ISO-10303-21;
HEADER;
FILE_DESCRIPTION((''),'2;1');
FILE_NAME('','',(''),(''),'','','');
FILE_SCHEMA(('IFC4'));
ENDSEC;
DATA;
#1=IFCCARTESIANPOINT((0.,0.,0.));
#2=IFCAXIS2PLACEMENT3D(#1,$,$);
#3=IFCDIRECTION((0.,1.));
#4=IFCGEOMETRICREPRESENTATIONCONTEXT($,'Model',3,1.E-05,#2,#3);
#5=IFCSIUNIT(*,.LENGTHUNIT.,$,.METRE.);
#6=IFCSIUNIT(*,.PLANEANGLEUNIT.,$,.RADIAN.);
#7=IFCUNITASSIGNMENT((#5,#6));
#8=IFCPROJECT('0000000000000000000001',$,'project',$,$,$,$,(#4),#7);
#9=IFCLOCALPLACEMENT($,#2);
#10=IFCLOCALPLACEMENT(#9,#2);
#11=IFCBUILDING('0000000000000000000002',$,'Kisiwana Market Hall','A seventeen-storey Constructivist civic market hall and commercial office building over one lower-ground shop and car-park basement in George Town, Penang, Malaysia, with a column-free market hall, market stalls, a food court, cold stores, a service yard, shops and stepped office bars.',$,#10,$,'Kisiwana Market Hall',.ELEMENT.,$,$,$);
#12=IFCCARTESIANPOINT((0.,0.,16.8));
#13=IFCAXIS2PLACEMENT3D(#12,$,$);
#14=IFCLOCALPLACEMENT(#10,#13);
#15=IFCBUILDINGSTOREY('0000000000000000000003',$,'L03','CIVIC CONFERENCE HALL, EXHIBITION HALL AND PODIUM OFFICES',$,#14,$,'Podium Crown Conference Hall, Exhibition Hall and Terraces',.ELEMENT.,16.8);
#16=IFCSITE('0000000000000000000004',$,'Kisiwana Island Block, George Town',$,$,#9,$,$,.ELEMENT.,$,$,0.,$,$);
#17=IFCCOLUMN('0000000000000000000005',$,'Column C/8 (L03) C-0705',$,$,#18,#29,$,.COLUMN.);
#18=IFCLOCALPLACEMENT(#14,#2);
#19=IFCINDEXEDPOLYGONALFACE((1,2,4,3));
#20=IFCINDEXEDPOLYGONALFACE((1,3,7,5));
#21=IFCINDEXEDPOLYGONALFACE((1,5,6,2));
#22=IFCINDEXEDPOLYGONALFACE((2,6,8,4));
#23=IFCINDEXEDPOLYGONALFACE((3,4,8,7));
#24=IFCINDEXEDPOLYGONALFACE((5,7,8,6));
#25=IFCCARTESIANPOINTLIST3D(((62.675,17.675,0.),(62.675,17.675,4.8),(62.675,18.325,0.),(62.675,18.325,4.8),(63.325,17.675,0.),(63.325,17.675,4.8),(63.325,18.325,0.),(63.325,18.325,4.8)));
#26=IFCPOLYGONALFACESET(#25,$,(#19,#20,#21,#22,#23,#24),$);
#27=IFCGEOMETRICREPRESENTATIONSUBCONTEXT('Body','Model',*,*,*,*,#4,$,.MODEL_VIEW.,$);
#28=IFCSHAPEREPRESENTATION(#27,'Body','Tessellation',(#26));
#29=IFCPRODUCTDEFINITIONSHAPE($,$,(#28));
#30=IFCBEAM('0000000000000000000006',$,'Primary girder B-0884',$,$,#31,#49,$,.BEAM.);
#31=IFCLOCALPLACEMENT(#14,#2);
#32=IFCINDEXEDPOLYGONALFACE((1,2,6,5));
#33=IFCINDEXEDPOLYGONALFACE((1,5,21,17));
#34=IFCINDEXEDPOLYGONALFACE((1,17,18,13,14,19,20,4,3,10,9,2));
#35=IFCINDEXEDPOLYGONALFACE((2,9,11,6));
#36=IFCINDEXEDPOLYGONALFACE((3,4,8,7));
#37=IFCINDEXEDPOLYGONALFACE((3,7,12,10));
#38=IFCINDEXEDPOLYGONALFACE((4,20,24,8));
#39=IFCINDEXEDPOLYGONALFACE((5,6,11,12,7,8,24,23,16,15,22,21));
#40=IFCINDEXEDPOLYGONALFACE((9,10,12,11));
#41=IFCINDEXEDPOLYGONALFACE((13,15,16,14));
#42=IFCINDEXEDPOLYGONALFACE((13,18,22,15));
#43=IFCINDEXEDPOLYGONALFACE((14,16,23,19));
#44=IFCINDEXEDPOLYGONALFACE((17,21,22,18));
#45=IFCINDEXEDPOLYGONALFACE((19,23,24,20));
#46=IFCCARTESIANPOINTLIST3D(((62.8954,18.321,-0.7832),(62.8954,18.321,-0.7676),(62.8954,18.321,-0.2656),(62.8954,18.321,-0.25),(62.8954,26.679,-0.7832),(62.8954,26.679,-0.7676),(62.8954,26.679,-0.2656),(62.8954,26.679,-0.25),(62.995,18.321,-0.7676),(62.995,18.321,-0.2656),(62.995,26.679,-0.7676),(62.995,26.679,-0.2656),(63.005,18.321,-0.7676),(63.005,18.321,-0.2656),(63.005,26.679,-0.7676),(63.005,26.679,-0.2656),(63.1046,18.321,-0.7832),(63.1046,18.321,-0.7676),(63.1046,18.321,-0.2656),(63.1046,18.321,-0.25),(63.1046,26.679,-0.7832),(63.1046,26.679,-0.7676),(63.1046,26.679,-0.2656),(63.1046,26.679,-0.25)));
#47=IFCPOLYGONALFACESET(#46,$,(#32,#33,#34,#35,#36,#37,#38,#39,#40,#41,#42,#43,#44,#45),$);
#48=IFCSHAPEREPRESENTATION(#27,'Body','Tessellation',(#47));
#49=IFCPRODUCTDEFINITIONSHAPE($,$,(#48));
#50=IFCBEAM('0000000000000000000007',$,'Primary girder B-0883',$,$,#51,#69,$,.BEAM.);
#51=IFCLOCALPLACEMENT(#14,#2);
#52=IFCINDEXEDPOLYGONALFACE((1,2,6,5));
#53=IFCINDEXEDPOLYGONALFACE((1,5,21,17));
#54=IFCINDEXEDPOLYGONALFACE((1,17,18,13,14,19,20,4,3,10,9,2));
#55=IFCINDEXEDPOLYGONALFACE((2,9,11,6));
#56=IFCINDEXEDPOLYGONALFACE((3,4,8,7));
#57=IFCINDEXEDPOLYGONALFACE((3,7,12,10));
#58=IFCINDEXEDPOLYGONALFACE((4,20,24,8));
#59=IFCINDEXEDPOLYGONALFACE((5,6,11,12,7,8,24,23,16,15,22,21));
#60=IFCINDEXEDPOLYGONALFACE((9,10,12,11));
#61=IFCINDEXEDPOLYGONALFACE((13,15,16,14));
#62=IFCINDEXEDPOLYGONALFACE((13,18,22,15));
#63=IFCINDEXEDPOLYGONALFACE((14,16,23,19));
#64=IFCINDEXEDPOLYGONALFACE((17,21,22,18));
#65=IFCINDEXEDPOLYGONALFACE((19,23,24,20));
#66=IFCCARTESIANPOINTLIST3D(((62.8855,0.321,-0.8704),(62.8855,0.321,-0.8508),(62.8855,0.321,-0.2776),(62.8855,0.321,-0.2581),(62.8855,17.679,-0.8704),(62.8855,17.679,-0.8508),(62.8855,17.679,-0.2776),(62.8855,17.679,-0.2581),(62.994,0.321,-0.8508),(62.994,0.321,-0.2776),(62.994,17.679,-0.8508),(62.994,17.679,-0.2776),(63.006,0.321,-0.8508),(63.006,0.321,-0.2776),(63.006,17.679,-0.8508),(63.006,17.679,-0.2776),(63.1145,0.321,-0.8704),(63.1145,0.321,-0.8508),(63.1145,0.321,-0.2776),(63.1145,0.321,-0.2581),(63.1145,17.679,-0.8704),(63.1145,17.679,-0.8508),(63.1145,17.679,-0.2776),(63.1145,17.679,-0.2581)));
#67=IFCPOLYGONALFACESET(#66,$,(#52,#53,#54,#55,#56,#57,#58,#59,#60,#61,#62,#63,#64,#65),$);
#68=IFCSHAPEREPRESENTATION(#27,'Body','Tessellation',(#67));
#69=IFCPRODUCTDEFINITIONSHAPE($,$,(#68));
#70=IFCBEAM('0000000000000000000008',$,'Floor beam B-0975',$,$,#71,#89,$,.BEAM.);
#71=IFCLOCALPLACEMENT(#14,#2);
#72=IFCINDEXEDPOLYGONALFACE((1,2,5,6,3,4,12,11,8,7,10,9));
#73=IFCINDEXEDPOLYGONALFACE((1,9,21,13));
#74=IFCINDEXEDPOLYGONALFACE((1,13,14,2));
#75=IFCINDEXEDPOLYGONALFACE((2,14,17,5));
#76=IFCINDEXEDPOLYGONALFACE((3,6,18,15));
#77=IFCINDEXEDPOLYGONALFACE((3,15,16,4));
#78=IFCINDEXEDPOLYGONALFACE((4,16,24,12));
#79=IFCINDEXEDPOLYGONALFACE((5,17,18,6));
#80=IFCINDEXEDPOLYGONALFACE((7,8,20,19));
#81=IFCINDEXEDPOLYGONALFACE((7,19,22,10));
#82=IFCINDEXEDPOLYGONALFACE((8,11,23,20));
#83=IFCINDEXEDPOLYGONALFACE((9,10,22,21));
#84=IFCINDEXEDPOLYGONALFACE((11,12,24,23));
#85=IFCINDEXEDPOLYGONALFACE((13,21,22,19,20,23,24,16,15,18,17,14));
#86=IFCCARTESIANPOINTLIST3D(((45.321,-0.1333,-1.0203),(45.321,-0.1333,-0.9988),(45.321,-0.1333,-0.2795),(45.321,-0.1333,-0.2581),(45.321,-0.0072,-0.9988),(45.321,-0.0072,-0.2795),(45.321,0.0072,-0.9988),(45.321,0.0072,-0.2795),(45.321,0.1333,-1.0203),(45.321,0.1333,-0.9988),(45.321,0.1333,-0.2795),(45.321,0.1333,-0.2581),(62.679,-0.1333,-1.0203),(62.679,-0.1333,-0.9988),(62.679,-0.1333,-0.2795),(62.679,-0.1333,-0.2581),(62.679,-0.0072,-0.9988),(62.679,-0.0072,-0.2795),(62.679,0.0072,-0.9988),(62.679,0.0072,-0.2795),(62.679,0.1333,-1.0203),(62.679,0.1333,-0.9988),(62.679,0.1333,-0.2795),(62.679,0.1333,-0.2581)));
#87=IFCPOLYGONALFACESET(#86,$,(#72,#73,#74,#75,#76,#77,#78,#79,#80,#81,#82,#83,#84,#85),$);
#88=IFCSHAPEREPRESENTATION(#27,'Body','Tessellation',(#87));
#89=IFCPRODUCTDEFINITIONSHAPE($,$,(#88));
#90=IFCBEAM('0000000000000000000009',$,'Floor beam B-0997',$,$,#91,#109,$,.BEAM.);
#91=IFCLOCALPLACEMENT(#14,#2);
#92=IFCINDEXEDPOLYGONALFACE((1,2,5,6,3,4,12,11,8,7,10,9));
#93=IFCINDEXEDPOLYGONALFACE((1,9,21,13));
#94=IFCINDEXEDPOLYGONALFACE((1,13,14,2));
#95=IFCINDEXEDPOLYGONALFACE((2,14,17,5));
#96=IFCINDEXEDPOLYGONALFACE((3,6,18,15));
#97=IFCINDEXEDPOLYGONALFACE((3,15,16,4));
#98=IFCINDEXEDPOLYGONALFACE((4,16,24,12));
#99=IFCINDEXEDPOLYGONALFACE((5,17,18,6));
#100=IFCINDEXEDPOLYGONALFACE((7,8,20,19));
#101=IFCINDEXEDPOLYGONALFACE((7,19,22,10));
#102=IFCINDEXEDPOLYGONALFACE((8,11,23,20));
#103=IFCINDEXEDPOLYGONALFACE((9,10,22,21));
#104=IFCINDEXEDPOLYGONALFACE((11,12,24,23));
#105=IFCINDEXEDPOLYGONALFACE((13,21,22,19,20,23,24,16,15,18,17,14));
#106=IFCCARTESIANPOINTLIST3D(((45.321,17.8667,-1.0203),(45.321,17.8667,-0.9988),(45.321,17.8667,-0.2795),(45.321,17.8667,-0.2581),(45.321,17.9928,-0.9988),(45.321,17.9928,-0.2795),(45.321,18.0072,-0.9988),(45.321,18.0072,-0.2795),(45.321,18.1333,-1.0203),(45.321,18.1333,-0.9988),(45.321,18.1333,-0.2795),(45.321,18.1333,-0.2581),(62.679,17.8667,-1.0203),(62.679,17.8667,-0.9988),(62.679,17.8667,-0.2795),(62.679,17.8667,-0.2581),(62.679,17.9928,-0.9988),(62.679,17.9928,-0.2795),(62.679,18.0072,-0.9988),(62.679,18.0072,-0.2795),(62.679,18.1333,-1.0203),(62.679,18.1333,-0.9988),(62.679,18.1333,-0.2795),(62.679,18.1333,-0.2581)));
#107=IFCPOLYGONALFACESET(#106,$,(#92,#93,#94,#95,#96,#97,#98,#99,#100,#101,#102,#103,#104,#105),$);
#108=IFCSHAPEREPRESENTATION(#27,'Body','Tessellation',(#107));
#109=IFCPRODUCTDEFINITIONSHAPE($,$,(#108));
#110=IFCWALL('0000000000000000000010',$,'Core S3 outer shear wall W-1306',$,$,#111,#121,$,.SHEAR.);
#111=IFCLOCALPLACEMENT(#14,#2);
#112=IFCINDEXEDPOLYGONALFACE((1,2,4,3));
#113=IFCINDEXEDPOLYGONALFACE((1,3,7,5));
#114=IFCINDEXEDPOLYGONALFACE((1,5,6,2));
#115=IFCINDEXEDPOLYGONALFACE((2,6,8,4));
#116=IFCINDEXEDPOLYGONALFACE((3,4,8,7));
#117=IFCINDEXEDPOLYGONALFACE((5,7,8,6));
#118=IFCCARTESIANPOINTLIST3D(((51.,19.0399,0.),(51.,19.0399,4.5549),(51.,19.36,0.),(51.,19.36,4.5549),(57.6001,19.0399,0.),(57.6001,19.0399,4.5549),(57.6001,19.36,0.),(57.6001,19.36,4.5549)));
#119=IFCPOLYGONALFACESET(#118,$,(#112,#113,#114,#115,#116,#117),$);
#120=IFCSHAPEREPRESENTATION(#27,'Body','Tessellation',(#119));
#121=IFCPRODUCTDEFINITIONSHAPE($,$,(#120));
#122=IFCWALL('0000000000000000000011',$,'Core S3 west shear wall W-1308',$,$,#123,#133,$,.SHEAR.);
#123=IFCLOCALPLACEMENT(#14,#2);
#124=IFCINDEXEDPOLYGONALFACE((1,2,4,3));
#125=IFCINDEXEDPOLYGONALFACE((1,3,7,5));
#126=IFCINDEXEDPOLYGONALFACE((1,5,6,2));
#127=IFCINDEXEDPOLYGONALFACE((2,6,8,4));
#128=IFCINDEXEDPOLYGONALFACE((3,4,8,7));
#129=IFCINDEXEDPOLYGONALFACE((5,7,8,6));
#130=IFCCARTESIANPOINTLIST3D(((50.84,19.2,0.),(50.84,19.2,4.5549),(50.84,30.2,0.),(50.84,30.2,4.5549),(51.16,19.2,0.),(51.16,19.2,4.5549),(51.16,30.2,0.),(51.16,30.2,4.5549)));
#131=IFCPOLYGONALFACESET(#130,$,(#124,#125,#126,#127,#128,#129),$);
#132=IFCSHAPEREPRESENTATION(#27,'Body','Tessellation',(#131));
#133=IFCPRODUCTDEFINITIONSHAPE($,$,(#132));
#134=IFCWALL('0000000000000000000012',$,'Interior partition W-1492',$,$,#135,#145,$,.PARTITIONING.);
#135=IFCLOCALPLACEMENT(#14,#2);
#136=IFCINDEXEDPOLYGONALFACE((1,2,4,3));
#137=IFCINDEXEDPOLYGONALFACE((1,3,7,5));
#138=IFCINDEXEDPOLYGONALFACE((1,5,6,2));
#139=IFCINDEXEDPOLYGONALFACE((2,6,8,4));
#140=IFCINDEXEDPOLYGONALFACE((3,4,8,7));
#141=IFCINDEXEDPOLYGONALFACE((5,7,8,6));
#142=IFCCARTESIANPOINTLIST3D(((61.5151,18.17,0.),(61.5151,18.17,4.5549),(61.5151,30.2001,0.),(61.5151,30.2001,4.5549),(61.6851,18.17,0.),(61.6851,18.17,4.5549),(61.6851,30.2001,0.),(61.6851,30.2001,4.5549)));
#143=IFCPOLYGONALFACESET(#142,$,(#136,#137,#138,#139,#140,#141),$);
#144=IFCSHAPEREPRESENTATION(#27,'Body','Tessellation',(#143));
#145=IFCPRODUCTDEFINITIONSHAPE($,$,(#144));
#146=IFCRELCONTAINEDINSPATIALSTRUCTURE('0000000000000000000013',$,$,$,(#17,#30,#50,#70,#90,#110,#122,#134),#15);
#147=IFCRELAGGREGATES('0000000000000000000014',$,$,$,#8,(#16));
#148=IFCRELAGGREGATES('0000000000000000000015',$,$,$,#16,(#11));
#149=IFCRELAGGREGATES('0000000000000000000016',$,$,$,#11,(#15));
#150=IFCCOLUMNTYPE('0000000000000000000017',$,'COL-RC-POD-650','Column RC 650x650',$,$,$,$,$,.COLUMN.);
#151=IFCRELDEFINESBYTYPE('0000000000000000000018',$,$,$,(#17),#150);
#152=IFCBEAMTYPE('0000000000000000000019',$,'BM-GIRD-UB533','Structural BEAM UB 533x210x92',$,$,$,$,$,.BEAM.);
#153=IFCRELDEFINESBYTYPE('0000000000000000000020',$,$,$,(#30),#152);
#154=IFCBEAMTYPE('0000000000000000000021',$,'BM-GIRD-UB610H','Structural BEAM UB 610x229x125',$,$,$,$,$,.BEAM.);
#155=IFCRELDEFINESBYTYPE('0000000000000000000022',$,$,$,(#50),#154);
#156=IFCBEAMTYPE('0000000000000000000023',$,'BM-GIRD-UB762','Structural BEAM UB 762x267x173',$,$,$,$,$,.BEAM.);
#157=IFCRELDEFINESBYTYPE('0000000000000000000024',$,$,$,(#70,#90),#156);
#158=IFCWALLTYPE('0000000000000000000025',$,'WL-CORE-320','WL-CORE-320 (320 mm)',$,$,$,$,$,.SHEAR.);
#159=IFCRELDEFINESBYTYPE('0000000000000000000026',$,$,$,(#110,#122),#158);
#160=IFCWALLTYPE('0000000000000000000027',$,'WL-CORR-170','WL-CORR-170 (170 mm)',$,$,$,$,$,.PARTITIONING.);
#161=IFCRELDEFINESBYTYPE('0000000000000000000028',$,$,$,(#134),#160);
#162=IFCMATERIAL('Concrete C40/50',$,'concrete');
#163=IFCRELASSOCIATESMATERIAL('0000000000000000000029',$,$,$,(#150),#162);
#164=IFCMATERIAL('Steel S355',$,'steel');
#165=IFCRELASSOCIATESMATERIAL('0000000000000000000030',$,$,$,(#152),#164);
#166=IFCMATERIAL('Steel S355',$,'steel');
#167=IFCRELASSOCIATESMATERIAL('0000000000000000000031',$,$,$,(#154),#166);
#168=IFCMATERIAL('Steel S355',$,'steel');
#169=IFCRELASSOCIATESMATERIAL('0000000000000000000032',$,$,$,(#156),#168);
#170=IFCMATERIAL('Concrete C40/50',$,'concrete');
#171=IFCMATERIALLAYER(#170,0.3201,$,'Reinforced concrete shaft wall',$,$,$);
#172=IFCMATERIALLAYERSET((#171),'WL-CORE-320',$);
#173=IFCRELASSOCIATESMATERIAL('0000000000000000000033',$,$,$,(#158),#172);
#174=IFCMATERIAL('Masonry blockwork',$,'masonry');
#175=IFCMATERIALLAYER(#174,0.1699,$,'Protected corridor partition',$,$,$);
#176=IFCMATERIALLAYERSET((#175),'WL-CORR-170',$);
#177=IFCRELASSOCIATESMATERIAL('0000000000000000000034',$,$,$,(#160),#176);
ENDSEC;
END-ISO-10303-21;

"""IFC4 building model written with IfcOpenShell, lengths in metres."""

from ifc_helpers import new_model, si_unit, direction, frame, frame_2d, origin, origin_2d, place, context, subcontext, project, spatial, rectangle, i_section, extrude, material, layer, layer_set, material_profile, profile_set, type_object, element, save


model = new_model("IFC4")

# Units and contexts
model_context = context("Model", 3, precision=1e-05, world=origin(), true_north=direction((0.0, 1.0)))
body_context = subcontext(model_context, "Body", "Model", "MODEL_VIEW")
ifc_project = project(units=[si_unit("LENGTHUNIT", "METRE"), si_unit("PLANEANGLEUNIT", "RADIAN")], contexts=[model_context])

# Site, building, storey
site_placement = place(None, origin())
site = spatial("IfcSite", under=ifc_project, at=site_placement, Name="Kisiwana Island Block, George Town", CompositionType="ELEMENT", RefElevation=0.0)
building_placement = place(site_placement, origin())
building = spatial("IfcBuilding", under=site, at=building_placement, Name="Kisiwana Market Hall", Description="A seventeen-storey Constructivist civic market hall and commercial office building over one lower-ground shop and car-park basement in George Town, Penang, Malaysia, with a column-free market hall, market stalls, a food court, cold stores, a service yard, shops and stepped office bars.", LongName="Kisiwana Market Hall", CompositionType="ELEMENT")
storey_placement = place(building_placement, frame((0.0, 0.0, 16.8)))
storey = spatial("IfcBuildingStorey", under=building, at=storey_placement, Name="L03", Description="CIVIC CONFERENCE HALL, EXHIBITION HALL AND PODIUM OFFICES", LongName="Podium Crown Conference Hall, Exhibition Hall and Terraces", CompositionType="ELEMENT", Elevation=16.8)

# Column
ifc_material_1 = material(Name="Concrete C40/50", Category="concrete")
ifc_material_profile_1 = material_profile(ifc_material_1, rectangle(XDim=0.6499, YDim=0.6499, at=origin_2d()), Name="RC 650x650")
ifc_profile_set_1 = profile_set([ifc_material_profile_1], Name="Concrete C40/50")
column_type = type_object("IfcColumnType", Name="COL-RC-POD-650", Description="Column RC 650x650", PredefinedType="COLUMN", material=ifc_profile_set_1)
column_placement = place(storey_placement, frame((63.0, 18.0, 0.0), z_axis=(0.0, 0.0, 1.0), x_axis=(1.0, 0.0, 0.0)))
element("IfcColumn", 1, at=column_placement, inside=storey, type_object=column_type, Name="Column C/8 (L03) C-0705", PredefinedType="COLUMN", context=body_context, shape_type="SweptSolid", body=[
    extrude(rectangle(XDim=0.6499, YDim=0.6499, at=origin_2d()), origin(), (0.0, 0.0, 1.0), 4.8),
])

# Beams
ifc_material_2 = material(Name="Steel S355", Category="steel")
ifc_material_profile_2 = material_profile(ifc_material_2, i_section(OverallWidth=0.2092, OverallDepth=0.5332, WebThickness=0.01, FlangeThickness=0.0156, at=origin_2d()), Name="UB 533x210x92")
ifc_profile_set_2 = profile_set([ifc_material_profile_2], Name="Steel S355")
beam_type_1 = type_object("IfcBeamType", Name="BM-GIRD-UB533", Description="Structural BEAM UB 533x210x92", PredefinedType="BEAM", material=ifc_profile_set_2)
beam_1_placement = place(storey_placement, frame((63.0, 18.321, -0.5166), z_axis=(0.0, 1.0, 0.0), x_axis=(-1.0, 0.0, 0.0)))
element("IfcBeam", 2, at=beam_1_placement, inside=storey, type_object=beam_type_1, Name="Primary girder B-0884", PredefinedType="BEAM", context=body_context, shape_type="SweptSolid", body=[
    extrude(i_section(OverallWidth=0.2092, OverallDepth=0.5332, WebThickness=0.01, FlangeThickness=0.0156, at=origin_2d()), origin(), (0.0, 0.0, 1.0), 8.3579),
])
ifc_material_3 = material(Name="Steel S355", Category="steel")
ifc_material_profile_3 = material_profile(ifc_material_3, i_section(OverallWidth=0.229, OverallDepth=0.6123, WebThickness=0.012, FlangeThickness=0.0195, at=origin_2d()), Name="UB 610x229x125")
ifc_profile_set_3 = profile_set([ifc_material_profile_3], Name="Steel S355")
beam_type_2 = type_object("IfcBeamType", Name="BM-GIRD-UB610H", Description="Structural BEAM UB 610x229x125", PredefinedType="BEAM", material=ifc_profile_set_3)
beam_2_placement = place(storey_placement, frame((63.0, 0.321, -0.5642), z_axis=(0.0, 1.0, 0.0), x_axis=(-1.0, 0.0, 0.0)))
element("IfcBeam", 3, at=beam_2_placement, inside=storey, type_object=beam_type_2, Name="Primary girder B-0883", PredefinedType="BEAM", context=body_context, shape_type="SweptSolid", body=[
    extrude(i_section(OverallWidth=0.229, OverallDepth=0.6123, WebThickness=0.012, FlangeThickness=0.0195, at=origin_2d()), origin(), (0.0, 0.0, 1.0), 17.3579),
])
ifc_material_4 = material(Name="Steel S355", Category="steel")
ifc_material_profile_4 = material_profile(ifc_material_4, i_section(OverallWidth=0.2666, OverallDepth=0.7622, WebThickness=0.0144, FlangeThickness=0.0215, at=origin_2d()), Name="UB 762x267x173")
ifc_profile_set_4 = profile_set([ifc_material_profile_4], Name="Steel S355")
beam_type_3 = type_object("IfcBeamType", Name="BM-GIRD-UB762", Description="Structural BEAM UB 762x267x173", PredefinedType="BEAM", material=ifc_profile_set_4)
for number, where, z_axis, x_axis, name in (
    (4, (45.321, 0.0, -0.6392), (1.0, 0.0, 0.0), (0.0, 1.0, 0.0), "Floor beam B-0975"),
    (5, (45.321, 18.0, -0.6392), (1.0, 0.0, 0.0), (0.0, 1.0, 0.0), "Floor beam B-0997"),
):
    element("IfcBeam", number, at=place(storey_placement, frame(where, z_axis=z_axis, x_axis=x_axis)), inside=storey, type_object=beam_type_3, Name=name, PredefinedType="BEAM", context=body_context, shape_type="SweptSolid", body=[
        extrude(i_section(OverallWidth=0.2666, OverallDepth=0.7622, WebThickness=0.0144, FlangeThickness=0.0215, at=origin_2d()), origin(), (0.0, 0.0, 1.0), 17.3579),
    ])

# Walls
ifc_material_5 = material(Name="Concrete C40/50", Category="concrete")
ifc_layer_1 = layer(ifc_material_5, 0.3201, Name="Reinforced concrete shaft wall")
ifc_layer_set_1 = layer_set([ifc_layer_1], Name="WL-CORE-320")
wall_type_1 = type_object("IfcWallType", Name="WL-CORE-320", Description="WL-CORE-320 (320 mm)", PredefinedType="SHEAR", material=ifc_layer_set_1)
wall_1_placement = place(storey_placement, frame((51.0, 19.2, 0.0), z_axis=(0.0, 0.0, 1.0), x_axis=(1.0, 0.0, 0.0)))
element("IfcWall", 6, at=wall_1_placement, inside=storey, type_object=wall_type_1, Name="Core S3 outer shear wall W-1306", PredefinedType="SHEAR", context=body_context, shape_type="SweptSolid", body=[
    extrude(rectangle(XDim=6.6001, YDim=0.3201, at=frame_2d((3.3, 0.0))), origin(), (0.0, 0.0, 1.0), 4.5549),
])
wall_2_placement = place(storey_placement, frame((51.0, 19.2, 0.0), z_axis=(0.0, 0.0, 1.0), x_axis=(0.0, 1.0, 0.0)))
element("IfcWall", 7, at=wall_2_placement, inside=storey, type_object=wall_type_1, Name="Core S3 west shear wall W-1308", PredefinedType="SHEAR", context=body_context, shape_type="SweptSolid", body=[
    extrude(rectangle(XDim=11.0, YDim=0.3201, at=frame_2d((5.5, 0.0))), origin(), (0.0, 0.0, 1.0), 4.5549),
])
ifc_material_6 = material(Name="Masonry blockwork", Category="masonry")
ifc_layer_2 = layer(ifc_material_6, 0.1699, Name="Protected corridor partition")
ifc_layer_set_2 = layer_set([ifc_layer_2], Name="WL-CORR-170")
wall_type_2 = type_object("IfcWallType", Name="WL-CORR-170", Description="WL-CORR-170 (170 mm)", PredefinedType="PARTITIONING", material=ifc_layer_set_2)
wall_3_placement = place(storey_placement, frame((61.6001, 18.1699, 0.0), z_axis=(0.0, 0.0, 1.0), x_axis=(0.0, 1.0, 0.0)))
element("IfcWall", 8, at=wall_3_placement, inside=storey, type_object=wall_type_2, Name="Interior partition W-1492", PredefinedType="PARTITIONING", context=body_context, shape_type="SweptSolid", body=[
    extrude(rectangle(XDim=12.03, YDim=0.1699, at=frame_2d((6.0151, 0.0))), origin(), (0.0, 0.0, 1.0), 4.5549),
])

save(model, "model.ifc")
